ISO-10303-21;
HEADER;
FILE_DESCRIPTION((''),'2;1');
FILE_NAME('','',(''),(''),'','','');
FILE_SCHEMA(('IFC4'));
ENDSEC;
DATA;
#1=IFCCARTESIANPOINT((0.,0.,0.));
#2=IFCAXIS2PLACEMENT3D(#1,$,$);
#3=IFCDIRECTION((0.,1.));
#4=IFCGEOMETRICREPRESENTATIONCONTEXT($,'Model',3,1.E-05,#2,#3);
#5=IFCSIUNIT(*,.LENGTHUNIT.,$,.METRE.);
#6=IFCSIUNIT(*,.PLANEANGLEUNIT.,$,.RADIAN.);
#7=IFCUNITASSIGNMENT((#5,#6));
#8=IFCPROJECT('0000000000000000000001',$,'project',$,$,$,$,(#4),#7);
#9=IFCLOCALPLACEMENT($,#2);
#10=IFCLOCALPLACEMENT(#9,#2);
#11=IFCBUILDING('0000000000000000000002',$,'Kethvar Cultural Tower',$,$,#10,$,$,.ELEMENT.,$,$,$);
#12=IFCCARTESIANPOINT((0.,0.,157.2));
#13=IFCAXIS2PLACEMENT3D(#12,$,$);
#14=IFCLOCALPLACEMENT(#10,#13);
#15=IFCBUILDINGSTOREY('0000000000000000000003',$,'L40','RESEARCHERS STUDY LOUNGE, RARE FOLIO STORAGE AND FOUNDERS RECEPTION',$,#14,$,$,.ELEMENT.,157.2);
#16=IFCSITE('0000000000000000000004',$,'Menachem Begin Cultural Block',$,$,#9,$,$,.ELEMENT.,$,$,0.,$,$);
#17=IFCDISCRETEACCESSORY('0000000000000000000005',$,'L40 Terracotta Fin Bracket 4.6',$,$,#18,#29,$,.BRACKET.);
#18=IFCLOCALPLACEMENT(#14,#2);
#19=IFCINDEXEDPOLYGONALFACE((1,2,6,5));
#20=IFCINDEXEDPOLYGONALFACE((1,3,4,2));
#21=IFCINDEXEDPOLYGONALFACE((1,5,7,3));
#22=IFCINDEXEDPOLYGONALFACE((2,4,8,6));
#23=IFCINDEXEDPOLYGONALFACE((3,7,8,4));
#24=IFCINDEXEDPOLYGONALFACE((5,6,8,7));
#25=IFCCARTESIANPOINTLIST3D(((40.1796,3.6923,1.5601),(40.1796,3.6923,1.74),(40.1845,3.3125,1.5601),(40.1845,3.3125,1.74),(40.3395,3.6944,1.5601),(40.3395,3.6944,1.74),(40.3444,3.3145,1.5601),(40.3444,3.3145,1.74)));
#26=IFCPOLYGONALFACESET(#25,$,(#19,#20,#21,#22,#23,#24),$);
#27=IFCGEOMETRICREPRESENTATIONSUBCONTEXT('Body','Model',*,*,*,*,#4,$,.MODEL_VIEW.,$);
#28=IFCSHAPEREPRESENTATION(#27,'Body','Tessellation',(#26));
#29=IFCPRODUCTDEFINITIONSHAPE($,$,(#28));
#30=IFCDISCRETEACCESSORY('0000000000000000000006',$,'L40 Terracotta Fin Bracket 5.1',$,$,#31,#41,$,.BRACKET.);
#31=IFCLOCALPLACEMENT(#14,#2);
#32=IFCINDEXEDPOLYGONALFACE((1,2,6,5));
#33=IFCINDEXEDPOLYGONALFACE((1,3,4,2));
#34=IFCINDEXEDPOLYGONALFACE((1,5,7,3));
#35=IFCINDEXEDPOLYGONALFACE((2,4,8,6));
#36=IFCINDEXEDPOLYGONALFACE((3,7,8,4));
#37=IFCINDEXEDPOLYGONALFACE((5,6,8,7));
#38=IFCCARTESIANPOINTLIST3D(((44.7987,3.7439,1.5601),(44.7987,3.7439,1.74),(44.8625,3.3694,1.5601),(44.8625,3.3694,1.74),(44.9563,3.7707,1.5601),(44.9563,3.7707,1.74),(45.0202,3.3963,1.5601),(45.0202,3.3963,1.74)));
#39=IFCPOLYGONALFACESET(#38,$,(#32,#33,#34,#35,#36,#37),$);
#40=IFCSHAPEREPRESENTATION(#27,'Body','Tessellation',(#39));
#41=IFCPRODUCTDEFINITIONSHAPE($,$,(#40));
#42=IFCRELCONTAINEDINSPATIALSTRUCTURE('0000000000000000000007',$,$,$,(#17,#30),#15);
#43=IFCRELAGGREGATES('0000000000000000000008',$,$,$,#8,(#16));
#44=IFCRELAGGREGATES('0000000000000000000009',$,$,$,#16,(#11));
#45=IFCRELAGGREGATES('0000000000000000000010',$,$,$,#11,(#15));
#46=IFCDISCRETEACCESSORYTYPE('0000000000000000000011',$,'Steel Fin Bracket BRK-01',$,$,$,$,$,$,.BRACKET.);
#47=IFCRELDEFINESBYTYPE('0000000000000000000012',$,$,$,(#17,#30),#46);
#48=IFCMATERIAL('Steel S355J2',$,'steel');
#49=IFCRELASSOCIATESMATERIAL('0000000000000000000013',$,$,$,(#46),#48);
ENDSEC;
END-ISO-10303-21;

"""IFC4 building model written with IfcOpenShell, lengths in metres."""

from ifc_helpers import new_model, si_unit, direction, frame, origin, origin_2d, place, context, subcontext, project, spatial, rectangle, extrude, source, transform, mapped, material, type_object, element, save


model = new_model("IFC4")

# Units and contexts
model_context = context("Model", 3, precision=1e-05, world=origin(), true_north=direction((0.0, 1.0)))
body_context = subcontext(model_context, "Body", "Model", "MODEL_VIEW")
ifc_project = project(units=[si_unit("LENGTHUNIT", "METRE"), si_unit("PLANEANGLEUNIT", "RADIAN")], contexts=[model_context])

# Site, building, storey
site_placement = place(None, origin())
site = spatial("IfcSite", under=ifc_project, at=site_placement, Name="Menachem Begin Cultural Block", CompositionType="ELEMENT", RefElevation=0.0)
building_placement = place(site_placement, origin())
building = spatial("IfcBuilding", under=site, at=building_placement, Name="Kethvar Cultural Tower", CompositionType="ELEMENT")
storey_placement = place(building_placement, frame((0.0, 0.0, 157.2)))
storey = spatial("IfcBuildingStorey", under=building, at=storey_placement, Name="L40", Description="RESEARCHERS STUDY LOUNGE, RARE FOLIO STORAGE AND FOUNDERS RECEPTION", CompositionType="ELEMENT", Elevation=157.2)

# Shared definitions
ifc_material_1 = material(Name="Steel S355J2", Category="steel")

# Discrete accessories
discrete_accessory_type = type_object("IfcDiscreteAccessoryType", Name="Steel Fin Bracket BRK-01", PredefinedType="BRACKET", material=ifc_material_1)
shared_shape_1 = source(origin(), body_context, "Body", "SweptSolid", [
    extrude(rectangle(XDim=0.3799, YDim=0.1599, at=origin_2d()), origin(), (0.0, 0.0, 1.0), 0.1799),
])
for number, where, z_axis, x_axis, name in (
    (1, (40.262, 3.5034, 1.5601), (0.0, 0.0, 1.0), (0.012915, -0.999917, 0.0), "L40 Terracotta Fin Bracket 4.6"),
    (2, (44.9094, 3.5701, 1.5601), (0.0, 0.0, 1.0), (0.168145, -0.985762, 0.0), "L40 Terracotta Fin Bracket 5.1"),
):
    element("IfcDiscreteAccessory", number, at=place(storey_placement, frame(where, z_axis=z_axis, x_axis=x_axis)), inside=storey, type_object=discrete_accessory_type, Name=name, PredefinedType="BRACKET", context=body_context, shape_type="MappedRepresentation", body=[
        mapped(shared_shape_1, transform((0.0, 0.0, 0.0), scale=1.0)),
    ])

save(model, "model.ifc")
